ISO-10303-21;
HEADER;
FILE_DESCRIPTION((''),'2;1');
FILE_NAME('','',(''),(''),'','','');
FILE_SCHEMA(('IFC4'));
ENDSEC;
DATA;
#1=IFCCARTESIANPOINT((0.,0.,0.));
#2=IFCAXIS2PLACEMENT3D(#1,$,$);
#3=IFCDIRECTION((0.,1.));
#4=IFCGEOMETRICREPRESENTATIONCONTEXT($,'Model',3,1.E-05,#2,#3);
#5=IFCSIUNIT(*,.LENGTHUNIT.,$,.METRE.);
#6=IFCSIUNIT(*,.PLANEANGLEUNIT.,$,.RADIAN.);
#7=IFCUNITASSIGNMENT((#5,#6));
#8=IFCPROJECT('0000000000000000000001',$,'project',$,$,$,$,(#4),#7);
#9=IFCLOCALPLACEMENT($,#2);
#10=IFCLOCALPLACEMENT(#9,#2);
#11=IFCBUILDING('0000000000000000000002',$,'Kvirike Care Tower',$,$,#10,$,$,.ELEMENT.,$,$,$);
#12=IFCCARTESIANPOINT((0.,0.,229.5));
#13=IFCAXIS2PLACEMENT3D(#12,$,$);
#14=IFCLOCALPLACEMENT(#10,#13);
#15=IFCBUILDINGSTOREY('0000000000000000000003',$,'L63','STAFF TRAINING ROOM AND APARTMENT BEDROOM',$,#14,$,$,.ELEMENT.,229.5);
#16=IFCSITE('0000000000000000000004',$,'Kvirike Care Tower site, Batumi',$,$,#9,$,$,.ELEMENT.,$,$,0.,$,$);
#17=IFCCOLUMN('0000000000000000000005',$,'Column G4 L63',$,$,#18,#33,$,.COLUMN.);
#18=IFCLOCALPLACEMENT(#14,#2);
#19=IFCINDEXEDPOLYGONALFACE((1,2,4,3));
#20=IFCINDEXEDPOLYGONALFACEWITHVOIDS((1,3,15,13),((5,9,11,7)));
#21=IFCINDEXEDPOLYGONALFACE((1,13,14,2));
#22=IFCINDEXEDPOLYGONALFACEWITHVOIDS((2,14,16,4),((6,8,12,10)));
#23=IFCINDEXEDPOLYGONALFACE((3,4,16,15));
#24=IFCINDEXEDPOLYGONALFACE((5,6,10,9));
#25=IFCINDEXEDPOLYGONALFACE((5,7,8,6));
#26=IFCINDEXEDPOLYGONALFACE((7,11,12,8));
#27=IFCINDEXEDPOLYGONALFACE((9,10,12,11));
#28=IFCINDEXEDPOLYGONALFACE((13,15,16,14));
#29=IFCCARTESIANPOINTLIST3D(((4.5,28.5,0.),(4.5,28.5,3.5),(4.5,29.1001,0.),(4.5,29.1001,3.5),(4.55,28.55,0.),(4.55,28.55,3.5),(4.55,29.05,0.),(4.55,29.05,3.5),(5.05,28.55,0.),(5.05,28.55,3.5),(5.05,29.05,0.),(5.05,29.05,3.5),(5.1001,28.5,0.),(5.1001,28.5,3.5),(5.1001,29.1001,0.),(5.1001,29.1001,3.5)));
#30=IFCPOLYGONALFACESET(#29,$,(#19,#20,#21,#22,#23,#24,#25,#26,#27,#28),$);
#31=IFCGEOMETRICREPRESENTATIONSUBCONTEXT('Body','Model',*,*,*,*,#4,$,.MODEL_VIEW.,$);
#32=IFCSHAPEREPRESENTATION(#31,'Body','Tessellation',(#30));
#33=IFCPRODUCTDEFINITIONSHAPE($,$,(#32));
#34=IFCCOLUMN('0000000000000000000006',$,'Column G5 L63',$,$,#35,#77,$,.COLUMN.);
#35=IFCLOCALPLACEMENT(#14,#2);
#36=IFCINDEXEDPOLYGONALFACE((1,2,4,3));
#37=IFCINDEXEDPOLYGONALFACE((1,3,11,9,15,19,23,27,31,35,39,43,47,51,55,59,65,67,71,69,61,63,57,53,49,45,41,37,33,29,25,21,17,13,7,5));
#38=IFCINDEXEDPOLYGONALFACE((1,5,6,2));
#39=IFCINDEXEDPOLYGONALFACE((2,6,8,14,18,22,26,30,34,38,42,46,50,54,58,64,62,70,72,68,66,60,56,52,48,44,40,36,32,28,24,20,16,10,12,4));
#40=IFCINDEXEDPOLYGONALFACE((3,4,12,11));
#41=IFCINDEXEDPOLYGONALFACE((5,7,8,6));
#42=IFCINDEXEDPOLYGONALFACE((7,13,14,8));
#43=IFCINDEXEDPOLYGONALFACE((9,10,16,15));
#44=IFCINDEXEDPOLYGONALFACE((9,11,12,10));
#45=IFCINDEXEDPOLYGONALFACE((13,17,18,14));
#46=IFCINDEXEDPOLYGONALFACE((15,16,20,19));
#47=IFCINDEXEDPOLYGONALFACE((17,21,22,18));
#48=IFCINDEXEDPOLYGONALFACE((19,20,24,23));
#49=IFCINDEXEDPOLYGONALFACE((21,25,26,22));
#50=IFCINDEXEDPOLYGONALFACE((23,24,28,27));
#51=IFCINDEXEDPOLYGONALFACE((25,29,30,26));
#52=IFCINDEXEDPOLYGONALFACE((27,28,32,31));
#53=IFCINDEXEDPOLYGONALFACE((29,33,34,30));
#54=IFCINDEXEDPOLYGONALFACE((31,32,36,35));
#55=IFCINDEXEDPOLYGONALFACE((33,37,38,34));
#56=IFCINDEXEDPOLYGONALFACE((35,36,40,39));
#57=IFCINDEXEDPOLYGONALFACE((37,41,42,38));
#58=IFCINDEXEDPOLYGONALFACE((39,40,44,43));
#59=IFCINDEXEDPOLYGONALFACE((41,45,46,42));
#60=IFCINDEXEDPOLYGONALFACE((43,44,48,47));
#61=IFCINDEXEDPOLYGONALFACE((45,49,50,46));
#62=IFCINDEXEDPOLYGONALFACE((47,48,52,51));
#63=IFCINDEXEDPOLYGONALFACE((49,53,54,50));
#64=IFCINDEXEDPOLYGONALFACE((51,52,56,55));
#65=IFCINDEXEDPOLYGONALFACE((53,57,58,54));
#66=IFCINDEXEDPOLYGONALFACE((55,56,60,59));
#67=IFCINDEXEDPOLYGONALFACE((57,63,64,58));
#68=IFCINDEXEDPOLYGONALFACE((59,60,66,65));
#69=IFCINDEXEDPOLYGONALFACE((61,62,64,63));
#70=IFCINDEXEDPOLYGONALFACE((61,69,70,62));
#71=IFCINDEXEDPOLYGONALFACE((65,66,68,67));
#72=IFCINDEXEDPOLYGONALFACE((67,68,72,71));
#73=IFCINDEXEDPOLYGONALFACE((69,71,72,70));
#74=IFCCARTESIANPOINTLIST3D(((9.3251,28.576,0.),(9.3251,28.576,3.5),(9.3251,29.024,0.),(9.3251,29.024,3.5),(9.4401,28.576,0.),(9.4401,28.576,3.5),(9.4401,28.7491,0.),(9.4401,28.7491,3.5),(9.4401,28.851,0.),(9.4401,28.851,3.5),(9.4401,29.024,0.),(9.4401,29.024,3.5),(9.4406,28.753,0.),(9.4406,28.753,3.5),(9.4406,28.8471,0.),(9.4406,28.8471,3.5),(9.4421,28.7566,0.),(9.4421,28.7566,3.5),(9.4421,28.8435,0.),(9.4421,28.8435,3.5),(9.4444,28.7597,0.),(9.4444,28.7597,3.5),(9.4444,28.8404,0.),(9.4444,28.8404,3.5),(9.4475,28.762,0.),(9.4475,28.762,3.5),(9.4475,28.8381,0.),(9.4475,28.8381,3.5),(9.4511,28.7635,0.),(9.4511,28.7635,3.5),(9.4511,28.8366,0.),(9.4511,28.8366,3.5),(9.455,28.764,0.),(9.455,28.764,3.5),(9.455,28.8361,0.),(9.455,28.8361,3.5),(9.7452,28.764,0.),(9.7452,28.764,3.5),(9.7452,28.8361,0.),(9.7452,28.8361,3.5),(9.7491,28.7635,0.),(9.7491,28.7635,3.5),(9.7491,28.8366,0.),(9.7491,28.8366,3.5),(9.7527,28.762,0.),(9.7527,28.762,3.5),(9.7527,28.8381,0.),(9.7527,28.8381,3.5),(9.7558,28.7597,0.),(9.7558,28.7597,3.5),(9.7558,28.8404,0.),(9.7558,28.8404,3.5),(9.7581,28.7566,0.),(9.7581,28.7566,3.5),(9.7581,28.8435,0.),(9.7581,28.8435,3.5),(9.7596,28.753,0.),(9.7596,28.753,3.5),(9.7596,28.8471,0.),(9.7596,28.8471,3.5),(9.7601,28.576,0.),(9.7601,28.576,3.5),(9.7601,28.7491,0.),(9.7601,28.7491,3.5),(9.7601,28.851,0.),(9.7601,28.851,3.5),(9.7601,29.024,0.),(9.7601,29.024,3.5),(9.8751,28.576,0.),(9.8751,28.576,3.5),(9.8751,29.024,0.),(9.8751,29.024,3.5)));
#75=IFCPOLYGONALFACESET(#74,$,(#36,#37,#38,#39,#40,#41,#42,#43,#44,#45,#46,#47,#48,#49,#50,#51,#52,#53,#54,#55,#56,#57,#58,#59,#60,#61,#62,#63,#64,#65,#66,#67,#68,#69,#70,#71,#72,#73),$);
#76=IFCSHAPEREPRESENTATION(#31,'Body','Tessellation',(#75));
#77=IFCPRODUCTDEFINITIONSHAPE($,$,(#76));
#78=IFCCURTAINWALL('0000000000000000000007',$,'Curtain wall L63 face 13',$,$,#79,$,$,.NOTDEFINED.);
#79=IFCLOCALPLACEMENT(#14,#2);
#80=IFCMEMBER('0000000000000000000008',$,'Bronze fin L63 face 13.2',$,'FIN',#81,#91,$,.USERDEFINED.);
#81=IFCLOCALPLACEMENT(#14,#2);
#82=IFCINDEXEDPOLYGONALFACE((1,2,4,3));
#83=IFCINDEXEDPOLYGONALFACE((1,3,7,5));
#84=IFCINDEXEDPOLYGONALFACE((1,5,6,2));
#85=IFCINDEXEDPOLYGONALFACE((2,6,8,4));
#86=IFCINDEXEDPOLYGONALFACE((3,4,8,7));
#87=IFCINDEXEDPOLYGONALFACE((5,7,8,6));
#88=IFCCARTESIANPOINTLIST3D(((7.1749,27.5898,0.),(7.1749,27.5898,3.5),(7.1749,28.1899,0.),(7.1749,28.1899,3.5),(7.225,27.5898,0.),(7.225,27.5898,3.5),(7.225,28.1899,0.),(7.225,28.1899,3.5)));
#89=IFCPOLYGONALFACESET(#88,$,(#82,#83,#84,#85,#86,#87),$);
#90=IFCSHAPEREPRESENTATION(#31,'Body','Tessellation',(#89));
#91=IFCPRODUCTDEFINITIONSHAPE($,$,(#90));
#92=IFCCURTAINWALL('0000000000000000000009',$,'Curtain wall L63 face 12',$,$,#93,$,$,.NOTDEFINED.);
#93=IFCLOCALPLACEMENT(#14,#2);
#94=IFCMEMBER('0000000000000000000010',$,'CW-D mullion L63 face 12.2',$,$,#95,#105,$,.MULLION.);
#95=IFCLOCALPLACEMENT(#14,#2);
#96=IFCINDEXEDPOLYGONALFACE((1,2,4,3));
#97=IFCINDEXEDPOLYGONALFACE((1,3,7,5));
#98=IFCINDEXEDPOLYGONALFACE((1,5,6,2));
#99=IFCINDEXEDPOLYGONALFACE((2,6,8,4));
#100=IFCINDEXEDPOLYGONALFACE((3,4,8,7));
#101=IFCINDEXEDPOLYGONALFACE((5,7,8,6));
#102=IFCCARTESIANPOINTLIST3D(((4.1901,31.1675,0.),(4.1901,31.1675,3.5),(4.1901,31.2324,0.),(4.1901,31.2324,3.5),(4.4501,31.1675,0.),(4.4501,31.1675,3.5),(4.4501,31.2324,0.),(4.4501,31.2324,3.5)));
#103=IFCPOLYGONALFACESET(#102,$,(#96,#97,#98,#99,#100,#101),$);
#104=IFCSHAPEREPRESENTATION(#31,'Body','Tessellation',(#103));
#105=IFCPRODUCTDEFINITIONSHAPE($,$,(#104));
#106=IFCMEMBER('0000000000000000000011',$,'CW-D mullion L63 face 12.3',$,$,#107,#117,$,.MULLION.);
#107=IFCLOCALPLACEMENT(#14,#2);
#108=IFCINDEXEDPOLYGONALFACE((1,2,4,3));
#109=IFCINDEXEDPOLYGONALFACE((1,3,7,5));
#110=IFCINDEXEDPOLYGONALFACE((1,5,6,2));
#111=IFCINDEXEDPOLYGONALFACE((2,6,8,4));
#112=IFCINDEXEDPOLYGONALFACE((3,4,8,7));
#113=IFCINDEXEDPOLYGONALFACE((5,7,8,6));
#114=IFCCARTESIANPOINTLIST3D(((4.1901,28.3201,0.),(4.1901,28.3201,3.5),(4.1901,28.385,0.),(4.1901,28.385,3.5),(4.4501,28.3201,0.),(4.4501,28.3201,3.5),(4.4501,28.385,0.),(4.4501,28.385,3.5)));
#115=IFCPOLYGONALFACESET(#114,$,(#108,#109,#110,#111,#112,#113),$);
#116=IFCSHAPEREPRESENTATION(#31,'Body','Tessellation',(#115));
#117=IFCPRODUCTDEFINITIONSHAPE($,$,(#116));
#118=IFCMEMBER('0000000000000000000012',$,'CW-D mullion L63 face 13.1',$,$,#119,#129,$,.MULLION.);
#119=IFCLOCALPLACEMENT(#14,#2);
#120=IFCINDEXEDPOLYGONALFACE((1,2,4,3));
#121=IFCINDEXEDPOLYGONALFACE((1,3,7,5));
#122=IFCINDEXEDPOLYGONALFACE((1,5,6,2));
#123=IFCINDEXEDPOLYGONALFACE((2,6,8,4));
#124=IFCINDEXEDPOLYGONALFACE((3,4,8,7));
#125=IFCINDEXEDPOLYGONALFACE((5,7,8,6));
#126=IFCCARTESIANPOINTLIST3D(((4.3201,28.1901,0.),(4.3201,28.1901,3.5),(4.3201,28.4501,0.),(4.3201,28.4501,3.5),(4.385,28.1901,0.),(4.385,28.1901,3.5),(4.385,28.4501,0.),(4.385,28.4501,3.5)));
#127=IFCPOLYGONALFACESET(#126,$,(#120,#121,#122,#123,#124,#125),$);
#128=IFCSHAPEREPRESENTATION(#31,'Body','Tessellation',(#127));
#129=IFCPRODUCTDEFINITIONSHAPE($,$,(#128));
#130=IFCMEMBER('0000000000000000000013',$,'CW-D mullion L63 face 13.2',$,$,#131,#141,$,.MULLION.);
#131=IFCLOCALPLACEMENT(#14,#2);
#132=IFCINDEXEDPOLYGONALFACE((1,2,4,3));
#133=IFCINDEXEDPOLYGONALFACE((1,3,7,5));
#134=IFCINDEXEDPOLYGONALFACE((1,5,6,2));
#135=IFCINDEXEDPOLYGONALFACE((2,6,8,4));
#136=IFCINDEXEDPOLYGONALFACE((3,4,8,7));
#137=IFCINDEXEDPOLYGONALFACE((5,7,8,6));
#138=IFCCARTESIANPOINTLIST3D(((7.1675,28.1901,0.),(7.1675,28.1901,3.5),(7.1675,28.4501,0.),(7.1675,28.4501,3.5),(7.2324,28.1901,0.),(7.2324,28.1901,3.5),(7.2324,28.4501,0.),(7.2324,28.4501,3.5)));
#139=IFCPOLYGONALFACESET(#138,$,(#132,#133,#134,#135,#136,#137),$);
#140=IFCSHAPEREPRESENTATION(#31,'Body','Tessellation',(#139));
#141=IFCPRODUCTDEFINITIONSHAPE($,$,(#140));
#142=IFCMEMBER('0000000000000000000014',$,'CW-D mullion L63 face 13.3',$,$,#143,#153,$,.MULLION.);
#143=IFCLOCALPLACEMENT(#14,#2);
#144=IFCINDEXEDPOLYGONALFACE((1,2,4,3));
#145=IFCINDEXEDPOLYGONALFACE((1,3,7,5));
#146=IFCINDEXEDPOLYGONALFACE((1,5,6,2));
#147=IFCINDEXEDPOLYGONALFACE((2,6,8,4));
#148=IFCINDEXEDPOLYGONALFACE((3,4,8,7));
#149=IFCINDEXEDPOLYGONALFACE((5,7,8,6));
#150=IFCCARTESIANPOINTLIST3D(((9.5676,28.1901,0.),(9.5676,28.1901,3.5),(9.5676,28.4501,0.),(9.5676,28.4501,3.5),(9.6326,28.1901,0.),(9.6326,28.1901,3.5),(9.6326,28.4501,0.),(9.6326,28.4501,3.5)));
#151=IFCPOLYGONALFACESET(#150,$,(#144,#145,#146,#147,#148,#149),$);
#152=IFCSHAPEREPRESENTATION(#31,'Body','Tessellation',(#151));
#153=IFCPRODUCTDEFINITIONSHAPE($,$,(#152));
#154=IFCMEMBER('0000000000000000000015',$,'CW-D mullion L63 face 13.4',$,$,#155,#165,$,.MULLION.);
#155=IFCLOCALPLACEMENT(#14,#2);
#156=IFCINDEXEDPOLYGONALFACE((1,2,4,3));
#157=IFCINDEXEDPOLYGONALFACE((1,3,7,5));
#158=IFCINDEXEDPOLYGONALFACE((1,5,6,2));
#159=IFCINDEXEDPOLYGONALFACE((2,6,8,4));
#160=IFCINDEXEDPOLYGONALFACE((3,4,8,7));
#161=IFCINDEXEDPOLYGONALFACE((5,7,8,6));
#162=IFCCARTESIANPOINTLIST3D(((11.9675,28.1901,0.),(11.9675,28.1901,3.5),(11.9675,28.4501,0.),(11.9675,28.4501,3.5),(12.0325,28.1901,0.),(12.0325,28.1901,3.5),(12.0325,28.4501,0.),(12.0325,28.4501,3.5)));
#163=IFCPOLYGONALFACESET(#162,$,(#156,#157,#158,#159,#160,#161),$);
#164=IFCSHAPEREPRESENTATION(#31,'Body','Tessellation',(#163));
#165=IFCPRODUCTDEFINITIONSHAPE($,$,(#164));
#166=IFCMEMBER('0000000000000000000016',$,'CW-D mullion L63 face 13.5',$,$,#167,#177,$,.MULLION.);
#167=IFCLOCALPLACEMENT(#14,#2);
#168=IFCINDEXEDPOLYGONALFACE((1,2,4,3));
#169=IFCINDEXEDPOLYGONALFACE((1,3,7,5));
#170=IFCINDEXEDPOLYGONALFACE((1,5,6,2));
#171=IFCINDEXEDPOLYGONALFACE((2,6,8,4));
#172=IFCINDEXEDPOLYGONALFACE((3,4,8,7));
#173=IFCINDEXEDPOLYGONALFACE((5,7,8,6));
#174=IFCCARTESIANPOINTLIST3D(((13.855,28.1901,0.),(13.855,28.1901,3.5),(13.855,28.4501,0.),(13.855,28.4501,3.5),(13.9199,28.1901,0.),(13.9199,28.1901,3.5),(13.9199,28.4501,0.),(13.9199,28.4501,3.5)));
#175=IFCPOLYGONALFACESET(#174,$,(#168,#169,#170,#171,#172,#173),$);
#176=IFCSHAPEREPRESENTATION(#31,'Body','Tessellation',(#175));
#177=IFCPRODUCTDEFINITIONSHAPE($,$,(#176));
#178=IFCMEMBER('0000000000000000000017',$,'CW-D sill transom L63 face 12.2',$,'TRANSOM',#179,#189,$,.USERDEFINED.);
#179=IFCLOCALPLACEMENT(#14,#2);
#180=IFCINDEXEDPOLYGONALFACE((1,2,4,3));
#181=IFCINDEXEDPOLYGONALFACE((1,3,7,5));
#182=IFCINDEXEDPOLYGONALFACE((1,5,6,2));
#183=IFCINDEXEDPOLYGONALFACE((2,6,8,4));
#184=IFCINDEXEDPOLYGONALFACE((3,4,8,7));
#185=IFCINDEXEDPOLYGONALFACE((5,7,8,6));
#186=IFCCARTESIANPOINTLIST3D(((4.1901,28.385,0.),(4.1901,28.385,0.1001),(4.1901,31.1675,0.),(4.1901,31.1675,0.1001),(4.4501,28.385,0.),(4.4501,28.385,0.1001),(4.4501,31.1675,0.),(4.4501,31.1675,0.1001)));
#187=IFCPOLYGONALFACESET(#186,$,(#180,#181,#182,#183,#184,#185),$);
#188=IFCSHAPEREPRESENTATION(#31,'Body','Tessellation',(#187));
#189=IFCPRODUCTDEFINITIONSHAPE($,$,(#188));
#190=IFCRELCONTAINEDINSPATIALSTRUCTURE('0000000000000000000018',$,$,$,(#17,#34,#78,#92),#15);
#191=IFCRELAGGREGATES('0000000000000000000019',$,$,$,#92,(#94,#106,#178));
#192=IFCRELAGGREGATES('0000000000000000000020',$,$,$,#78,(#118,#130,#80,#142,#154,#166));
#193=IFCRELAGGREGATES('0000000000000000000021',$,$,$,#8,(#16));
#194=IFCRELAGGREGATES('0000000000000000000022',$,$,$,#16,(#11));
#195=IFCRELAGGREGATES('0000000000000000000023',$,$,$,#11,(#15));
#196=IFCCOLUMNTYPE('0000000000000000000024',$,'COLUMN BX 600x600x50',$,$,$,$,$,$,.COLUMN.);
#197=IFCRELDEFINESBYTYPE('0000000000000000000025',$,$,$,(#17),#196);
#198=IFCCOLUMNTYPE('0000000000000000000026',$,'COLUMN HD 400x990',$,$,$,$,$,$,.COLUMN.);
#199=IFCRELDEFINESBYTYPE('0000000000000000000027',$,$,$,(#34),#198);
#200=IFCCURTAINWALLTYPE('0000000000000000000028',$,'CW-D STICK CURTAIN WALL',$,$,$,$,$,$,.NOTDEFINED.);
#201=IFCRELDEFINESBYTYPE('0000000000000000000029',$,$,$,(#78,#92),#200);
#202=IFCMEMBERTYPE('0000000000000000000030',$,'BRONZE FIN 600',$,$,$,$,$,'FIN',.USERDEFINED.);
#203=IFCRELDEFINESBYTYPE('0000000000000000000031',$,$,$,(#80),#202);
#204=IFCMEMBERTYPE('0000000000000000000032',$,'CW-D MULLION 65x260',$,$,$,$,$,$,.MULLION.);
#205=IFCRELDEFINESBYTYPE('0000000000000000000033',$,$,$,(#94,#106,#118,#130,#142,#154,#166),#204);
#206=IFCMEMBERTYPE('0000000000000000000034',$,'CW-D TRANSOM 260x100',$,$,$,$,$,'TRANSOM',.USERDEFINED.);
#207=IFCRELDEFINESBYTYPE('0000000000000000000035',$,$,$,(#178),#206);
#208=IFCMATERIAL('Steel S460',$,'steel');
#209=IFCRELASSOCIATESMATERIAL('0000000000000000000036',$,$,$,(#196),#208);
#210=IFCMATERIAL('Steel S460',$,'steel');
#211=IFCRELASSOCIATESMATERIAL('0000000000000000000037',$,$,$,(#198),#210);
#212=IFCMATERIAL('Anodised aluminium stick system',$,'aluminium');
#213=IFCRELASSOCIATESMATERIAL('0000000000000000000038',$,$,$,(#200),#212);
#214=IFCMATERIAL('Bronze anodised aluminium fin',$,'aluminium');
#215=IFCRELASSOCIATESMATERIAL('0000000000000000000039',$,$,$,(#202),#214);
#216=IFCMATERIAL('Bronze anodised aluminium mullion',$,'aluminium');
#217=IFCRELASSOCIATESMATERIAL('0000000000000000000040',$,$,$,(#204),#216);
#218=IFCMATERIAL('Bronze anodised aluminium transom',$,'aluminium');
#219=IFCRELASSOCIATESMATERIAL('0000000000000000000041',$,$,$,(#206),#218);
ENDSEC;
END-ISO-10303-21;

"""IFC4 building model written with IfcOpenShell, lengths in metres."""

from ifc_helpers import new_model, si_unit, direction, frame, origin, origin_2d, place, context, subcontext, project, spatial, rectangle, hollow_rectangle, i_section, extrude, material, material_profile, profile_set, type_object, element, aggregate, save


model = new_model("IFC4")

# Units and contexts
model_context = context("Model", 3, precision=1e-05, world=origin(), true_north=direction((0.0, 1.0)))
body_context = subcontext(model_context, "Body", "Model", "MODEL_VIEW")
ifc_project = project(units=[si_unit("LENGTHUNIT", "METRE"), si_unit("PLANEANGLEUNIT", "RADIAN")], contexts=[model_context])

# Site, building, storey
site_placement = place(None, origin())
site = spatial("IfcSite", under=ifc_project, at=site_placement, Name="Kvirike Care Tower site, Batumi", CompositionType="ELEMENT", RefElevation=0.0)
building_placement = place(site_placement, origin())
building = spatial("IfcBuilding", under=site, at=building_placement, Name="Kvirike Care Tower", CompositionType="ELEMENT")
storey_placement = place(building_placement, frame((0.0, 0.0, 229.5)))
storey = spatial("IfcBuildingStorey", under=building, at=storey_placement, Name="L63", Description="STAFF TRAINING ROOM AND APARTMENT BEDROOM", CompositionType="ELEMENT", Elevation=229.5)

# Columns
ifc_material_1 = material(Name="Steel S460", Category="steel")
ifc_material_profile_1 = material_profile(ifc_material_1, hollow_rectangle(XDim=0.6001, YDim=0.6001, WallThickness=0.05, at=origin_2d()), Name="BX 600x600x50")
ifc_profile_set_1 = profile_set([ifc_material_profile_1], Name="Steel S460")
column_type_1 = type_object("IfcColumnType", Name="COLUMN BX 600x600x50", PredefinedType="COLUMN", material=ifc_profile_set_1)
column_1_placement = place(storey_placement, frame((4.8, 28.8, 0.0), z_axis=(0.0, 0.0, 1.0), x_axis=(0.0, 1.0, 0.0)))
element("IfcColumn", 1, at=column_1_placement, inside=storey, type_object=column_type_1, Name="Column G4 L63", PredefinedType="COLUMN", context=body_context, shape_type="SweptSolid", body=[
    extrude(hollow_rectangle(XDim=0.6001, YDim=0.6001, WallThickness=0.05, at=origin_2d()), origin(), (0.0, 0.0, 1.0), 3.5),
])
ifc_material_2 = material(Name="Steel S460", Category="steel")
ifc_material_profile_2 = material_profile(ifc_material_2, i_section(OverallWidth=0.448, OverallDepth=0.55, WebThickness=0.072, FlangeThickness=0.115, FilletRadius=0.0149, at=origin_2d()), Name="HD 400x990")
ifc_profile_set_2 = profile_set([ifc_material_profile_2], Name="Steel S460")
column_type_2 = type_object("IfcColumnType", Name="COLUMN HD 400x990", PredefinedType="COLUMN", material=ifc_profile_set_2)
column_2_placement = place(storey_placement, frame((9.6001, 28.8, 0.0), z_axis=(0.0, 0.0, 1.0), x_axis=(0.0, 1.0, 0.0)))
element("IfcColumn", 2, at=column_2_placement, inside=storey, type_object=column_type_2, Name="Column G5 L63", PredefinedType="COLUMN", context=body_context, shape_type="SweptSolid", body=[
    extrude(i_section(OverallWidth=0.448, OverallDepth=0.55, WebThickness=0.072, FlangeThickness=0.115, FilletRadius=0.0149, at=origin_2d()), origin(), (0.0, 0.0, 1.0), 3.5),
])

# Curtain wall, member
ifc_material_3 = material(Name="Anodised aluminium stick system", Category="aluminium")
curtain_wall_type = type_object("IfcCurtainWallType", Name="CW-D STICK CURTAIN WALL", PredefinedType="NOTDEFINED", material=ifc_material_3)
curtain_wall_1_placement = place(storey_placement, origin())
curtain_wall_1 = element("IfcCurtainWall", 3, at=curtain_wall_1_placement, inside=storey, type_object=curtain_wall_type, Name="Curtain wall L63 face 13", PredefinedType="NOTDEFINED")
ifc_material_4 = material(Name="Bronze anodised aluminium fin", Category="aluminium")
ifc_material_profile_3 = material_profile(ifc_material_4, rectangle(XDim=0.05, YDim=0.6001, at=origin_2d()), Name="BRONZE FIN 600")
ifc_profile_set_3 = profile_set([ifc_material_profile_3], Name="Bronze anodised aluminium fin")
member_type_1 = type_object("IfcMemberType", Name="BRONZE FIN 600", ElementType="FIN", PredefinedType="USERDEFINED", material=ifc_profile_set_3)
member_1_placement = place(storey_placement, frame((7.2, 27.8899, 0.0), z_axis=(0.0, 0.0, 1.0), x_axis=(1.0, 0.0, 0.0)))
member_1 = element("IfcMember", 4, at=member_1_placement, type_object=member_type_1, Name="Bronze fin L63 face 13.2", ObjectType="FIN", PredefinedType="USERDEFINED", context=body_context, shape_type="SweptSolid", body=[
    extrude(rectangle(XDim=0.05, YDim=0.6001, at=origin_2d()), origin(), (0.0, 0.0, 1.0), 3.5),
])

# Curtain wall, members
curtain_wall_2_placement = place(storey_placement, origin())
curtain_wall_2 = element("IfcCurtainWall", 5, at=curtain_wall_2_placement, inside=storey, type_object=curtain_wall_type, Name="Curtain wall L63 face 12", PredefinedType="NOTDEFINED")
ifc_material_5 = material(Name="Bronze anodised aluminium mullion", Category="aluminium")
ifc_material_profile_4 = material_profile(ifc_material_5, rectangle(XDim=0.0649, YDim=0.26, at=origin_2d()), Name="CW-D MULLION 65x260")
ifc_profile_set_4 = profile_set([ifc_material_profile_4], Name="Bronze anodised aluminium mullion")
member_type_2 = type_object("IfcMemberType", Name="CW-D MULLION 65x260", PredefinedType="MULLION", material=ifc_profile_set_4)
member_2_placement = place(storey_placement, frame((4.3201, 31.2, 0.0), z_axis=(0.0, 0.0, 1.0), x_axis=(0.0, -1.0, 0.0)))
member_2 = element("IfcMember", 6, at=member_2_placement, type_object=member_type_2, Name="CW-D mullion L63 face 12.2", PredefinedType="MULLION", context=body_context, shape_type="SweptSolid", body=[
    extrude(rectangle(XDim=0.0649, YDim=0.26, at=origin_2d()), origin(), (0.0, 0.0, 1.0), 3.5),
])
member_3_placement = place(storey_placement, frame((4.3201, 28.3525, 0.0), z_axis=(0.0, 0.0, 1.0), x_axis=(0.0, -1.0, 0.0)))
member_3 = element("IfcMember", 7, at=member_3_placement, type_object=member_type_2, Name="CW-D mullion L63 face 12.3", PredefinedType="MULLION", context=body_context, shape_type="SweptSolid", body=[
    extrude(rectangle(XDim=0.0649, YDim=0.26, at=origin_2d()), origin(), (0.0, 0.0, 1.0), 3.5),
])

# Members
member_4_placement = place(storey_placement, frame((4.3525, 28.3201, 0.0), z_axis=(0.0, 0.0, 1.0), x_axis=(1.0, 0.0, 0.0)))
member_4 = element("IfcMember", 8, at=member_4_placement, type_object=member_type_2, Name="CW-D mullion L63 face 13.1", PredefinedType="MULLION", context=body_context, shape_type="SweptSolid", body=[
    extrude(rectangle(XDim=0.0649, YDim=0.26, at=origin_2d()), origin(), (0.0, 0.0, 1.0), 3.5),
])
member_5_placement = place(storey_placement, frame((7.2, 28.3201, 0.0), z_axis=(0.0, 0.0, 1.0), x_axis=(1.0, 0.0, 0.0)))
member_5 = element("IfcMember", 9, at=member_5_placement, type_object=member_type_2, Name="CW-D mullion L63 face 13.2", PredefinedType="MULLION", context=body_context, shape_type="SweptSolid", body=[
    extrude(rectangle(XDim=0.0649, YDim=0.26, at=origin_2d()), origin(), (0.0, 0.0, 1.0), 3.5),
])
member_6_placement = place(storey_placement, frame((9.6001, 28.3201, 0.0), z_axis=(0.0, 0.0, 1.0), x_axis=(1.0, 0.0, 0.0)))
member_6 = element("IfcMember", 10, at=member_6_placement, type_object=member_type_2, Name="CW-D mullion L63 face 13.3", PredefinedType="MULLION", context=body_context, shape_type="SweptSolid", body=[
    extrude(rectangle(XDim=0.0649, YDim=0.26, at=origin_2d()), origin(), (0.0, 0.0, 1.0), 3.5),
])
member_7_placement = place(storey_placement, frame((12.0, 28.3201, 0.0), z_axis=(0.0, 0.0, 1.0), x_axis=(1.0, 0.0, 0.0)))
member_7 = element("IfcMember", 11, at=member_7_placement, type_object=member_type_2, Name="CW-D mullion L63 face 13.4", PredefinedType="MULLION", context=body_context, shape_type="SweptSolid", body=[
    extrude(rectangle(XDim=0.0649, YDim=0.26, at=origin_2d()), origin(), (0.0, 0.0, 1.0), 3.5),
])
member_8_placement = place(storey_placement, frame((13.8875, 28.3201, 0.0), z_axis=(0.0, 0.0, 1.0), x_axis=(1.0, 0.0, 0.0)))
member_8 = element("IfcMember", 12, at=member_8_placement, type_object=member_type_2, Name="CW-D mullion L63 face 13.5", PredefinedType="MULLION", context=body_context, shape_type="SweptSolid", body=[
    extrude(rectangle(XDim=0.0649, YDim=0.26, at=origin_2d()), origin(), (0.0, 0.0, 1.0), 3.5),
])
ifc_material_6 = material(Name="Bronze anodised aluminium transom", Category="aluminium")
ifc_material_profile_5 = material_profile(ifc_material_6, rectangle(XDim=0.26, YDim=0.1001, at=origin_2d()), Name="CW-D TRANSOM 260x100")
ifc_profile_set_5 = profile_set([ifc_material_profile_5], Name="Bronze anodised aluminium transom")
member_type_3 = type_object("IfcMemberType", Name="CW-D TRANSOM 260x100", ElementType="TRANSOM", PredefinedType="USERDEFINED", material=ifc_profile_set_5)
member_9_placement = place(storey_placement, frame((4.3201, 31.1675, 0.05), z_axis=(0.0, -1.0, 0.0), x_axis=(1.0, 0.0, 0.0)))
member_9 = element("IfcMember", 13, at=member_9_placement, type_object=member_type_3, Name="CW-D sill transom L63 face 12.2", ObjectType="TRANSOM", PredefinedType="USERDEFINED", context=body_context, shape_type="SweptSolid", body=[
    extrude(rectangle(XDim=0.26, YDim=0.1001, at=origin_2d()), origin(), (0.0, 0.0, 1.0), 2.7825),
])

aggregate(curtain_wall_2, [member_2, member_3, member_9])
aggregate(curtain_wall_1, [member_4, member_5, member_1, member_6, member_7, member_8])

save(model, "model.ifc")
